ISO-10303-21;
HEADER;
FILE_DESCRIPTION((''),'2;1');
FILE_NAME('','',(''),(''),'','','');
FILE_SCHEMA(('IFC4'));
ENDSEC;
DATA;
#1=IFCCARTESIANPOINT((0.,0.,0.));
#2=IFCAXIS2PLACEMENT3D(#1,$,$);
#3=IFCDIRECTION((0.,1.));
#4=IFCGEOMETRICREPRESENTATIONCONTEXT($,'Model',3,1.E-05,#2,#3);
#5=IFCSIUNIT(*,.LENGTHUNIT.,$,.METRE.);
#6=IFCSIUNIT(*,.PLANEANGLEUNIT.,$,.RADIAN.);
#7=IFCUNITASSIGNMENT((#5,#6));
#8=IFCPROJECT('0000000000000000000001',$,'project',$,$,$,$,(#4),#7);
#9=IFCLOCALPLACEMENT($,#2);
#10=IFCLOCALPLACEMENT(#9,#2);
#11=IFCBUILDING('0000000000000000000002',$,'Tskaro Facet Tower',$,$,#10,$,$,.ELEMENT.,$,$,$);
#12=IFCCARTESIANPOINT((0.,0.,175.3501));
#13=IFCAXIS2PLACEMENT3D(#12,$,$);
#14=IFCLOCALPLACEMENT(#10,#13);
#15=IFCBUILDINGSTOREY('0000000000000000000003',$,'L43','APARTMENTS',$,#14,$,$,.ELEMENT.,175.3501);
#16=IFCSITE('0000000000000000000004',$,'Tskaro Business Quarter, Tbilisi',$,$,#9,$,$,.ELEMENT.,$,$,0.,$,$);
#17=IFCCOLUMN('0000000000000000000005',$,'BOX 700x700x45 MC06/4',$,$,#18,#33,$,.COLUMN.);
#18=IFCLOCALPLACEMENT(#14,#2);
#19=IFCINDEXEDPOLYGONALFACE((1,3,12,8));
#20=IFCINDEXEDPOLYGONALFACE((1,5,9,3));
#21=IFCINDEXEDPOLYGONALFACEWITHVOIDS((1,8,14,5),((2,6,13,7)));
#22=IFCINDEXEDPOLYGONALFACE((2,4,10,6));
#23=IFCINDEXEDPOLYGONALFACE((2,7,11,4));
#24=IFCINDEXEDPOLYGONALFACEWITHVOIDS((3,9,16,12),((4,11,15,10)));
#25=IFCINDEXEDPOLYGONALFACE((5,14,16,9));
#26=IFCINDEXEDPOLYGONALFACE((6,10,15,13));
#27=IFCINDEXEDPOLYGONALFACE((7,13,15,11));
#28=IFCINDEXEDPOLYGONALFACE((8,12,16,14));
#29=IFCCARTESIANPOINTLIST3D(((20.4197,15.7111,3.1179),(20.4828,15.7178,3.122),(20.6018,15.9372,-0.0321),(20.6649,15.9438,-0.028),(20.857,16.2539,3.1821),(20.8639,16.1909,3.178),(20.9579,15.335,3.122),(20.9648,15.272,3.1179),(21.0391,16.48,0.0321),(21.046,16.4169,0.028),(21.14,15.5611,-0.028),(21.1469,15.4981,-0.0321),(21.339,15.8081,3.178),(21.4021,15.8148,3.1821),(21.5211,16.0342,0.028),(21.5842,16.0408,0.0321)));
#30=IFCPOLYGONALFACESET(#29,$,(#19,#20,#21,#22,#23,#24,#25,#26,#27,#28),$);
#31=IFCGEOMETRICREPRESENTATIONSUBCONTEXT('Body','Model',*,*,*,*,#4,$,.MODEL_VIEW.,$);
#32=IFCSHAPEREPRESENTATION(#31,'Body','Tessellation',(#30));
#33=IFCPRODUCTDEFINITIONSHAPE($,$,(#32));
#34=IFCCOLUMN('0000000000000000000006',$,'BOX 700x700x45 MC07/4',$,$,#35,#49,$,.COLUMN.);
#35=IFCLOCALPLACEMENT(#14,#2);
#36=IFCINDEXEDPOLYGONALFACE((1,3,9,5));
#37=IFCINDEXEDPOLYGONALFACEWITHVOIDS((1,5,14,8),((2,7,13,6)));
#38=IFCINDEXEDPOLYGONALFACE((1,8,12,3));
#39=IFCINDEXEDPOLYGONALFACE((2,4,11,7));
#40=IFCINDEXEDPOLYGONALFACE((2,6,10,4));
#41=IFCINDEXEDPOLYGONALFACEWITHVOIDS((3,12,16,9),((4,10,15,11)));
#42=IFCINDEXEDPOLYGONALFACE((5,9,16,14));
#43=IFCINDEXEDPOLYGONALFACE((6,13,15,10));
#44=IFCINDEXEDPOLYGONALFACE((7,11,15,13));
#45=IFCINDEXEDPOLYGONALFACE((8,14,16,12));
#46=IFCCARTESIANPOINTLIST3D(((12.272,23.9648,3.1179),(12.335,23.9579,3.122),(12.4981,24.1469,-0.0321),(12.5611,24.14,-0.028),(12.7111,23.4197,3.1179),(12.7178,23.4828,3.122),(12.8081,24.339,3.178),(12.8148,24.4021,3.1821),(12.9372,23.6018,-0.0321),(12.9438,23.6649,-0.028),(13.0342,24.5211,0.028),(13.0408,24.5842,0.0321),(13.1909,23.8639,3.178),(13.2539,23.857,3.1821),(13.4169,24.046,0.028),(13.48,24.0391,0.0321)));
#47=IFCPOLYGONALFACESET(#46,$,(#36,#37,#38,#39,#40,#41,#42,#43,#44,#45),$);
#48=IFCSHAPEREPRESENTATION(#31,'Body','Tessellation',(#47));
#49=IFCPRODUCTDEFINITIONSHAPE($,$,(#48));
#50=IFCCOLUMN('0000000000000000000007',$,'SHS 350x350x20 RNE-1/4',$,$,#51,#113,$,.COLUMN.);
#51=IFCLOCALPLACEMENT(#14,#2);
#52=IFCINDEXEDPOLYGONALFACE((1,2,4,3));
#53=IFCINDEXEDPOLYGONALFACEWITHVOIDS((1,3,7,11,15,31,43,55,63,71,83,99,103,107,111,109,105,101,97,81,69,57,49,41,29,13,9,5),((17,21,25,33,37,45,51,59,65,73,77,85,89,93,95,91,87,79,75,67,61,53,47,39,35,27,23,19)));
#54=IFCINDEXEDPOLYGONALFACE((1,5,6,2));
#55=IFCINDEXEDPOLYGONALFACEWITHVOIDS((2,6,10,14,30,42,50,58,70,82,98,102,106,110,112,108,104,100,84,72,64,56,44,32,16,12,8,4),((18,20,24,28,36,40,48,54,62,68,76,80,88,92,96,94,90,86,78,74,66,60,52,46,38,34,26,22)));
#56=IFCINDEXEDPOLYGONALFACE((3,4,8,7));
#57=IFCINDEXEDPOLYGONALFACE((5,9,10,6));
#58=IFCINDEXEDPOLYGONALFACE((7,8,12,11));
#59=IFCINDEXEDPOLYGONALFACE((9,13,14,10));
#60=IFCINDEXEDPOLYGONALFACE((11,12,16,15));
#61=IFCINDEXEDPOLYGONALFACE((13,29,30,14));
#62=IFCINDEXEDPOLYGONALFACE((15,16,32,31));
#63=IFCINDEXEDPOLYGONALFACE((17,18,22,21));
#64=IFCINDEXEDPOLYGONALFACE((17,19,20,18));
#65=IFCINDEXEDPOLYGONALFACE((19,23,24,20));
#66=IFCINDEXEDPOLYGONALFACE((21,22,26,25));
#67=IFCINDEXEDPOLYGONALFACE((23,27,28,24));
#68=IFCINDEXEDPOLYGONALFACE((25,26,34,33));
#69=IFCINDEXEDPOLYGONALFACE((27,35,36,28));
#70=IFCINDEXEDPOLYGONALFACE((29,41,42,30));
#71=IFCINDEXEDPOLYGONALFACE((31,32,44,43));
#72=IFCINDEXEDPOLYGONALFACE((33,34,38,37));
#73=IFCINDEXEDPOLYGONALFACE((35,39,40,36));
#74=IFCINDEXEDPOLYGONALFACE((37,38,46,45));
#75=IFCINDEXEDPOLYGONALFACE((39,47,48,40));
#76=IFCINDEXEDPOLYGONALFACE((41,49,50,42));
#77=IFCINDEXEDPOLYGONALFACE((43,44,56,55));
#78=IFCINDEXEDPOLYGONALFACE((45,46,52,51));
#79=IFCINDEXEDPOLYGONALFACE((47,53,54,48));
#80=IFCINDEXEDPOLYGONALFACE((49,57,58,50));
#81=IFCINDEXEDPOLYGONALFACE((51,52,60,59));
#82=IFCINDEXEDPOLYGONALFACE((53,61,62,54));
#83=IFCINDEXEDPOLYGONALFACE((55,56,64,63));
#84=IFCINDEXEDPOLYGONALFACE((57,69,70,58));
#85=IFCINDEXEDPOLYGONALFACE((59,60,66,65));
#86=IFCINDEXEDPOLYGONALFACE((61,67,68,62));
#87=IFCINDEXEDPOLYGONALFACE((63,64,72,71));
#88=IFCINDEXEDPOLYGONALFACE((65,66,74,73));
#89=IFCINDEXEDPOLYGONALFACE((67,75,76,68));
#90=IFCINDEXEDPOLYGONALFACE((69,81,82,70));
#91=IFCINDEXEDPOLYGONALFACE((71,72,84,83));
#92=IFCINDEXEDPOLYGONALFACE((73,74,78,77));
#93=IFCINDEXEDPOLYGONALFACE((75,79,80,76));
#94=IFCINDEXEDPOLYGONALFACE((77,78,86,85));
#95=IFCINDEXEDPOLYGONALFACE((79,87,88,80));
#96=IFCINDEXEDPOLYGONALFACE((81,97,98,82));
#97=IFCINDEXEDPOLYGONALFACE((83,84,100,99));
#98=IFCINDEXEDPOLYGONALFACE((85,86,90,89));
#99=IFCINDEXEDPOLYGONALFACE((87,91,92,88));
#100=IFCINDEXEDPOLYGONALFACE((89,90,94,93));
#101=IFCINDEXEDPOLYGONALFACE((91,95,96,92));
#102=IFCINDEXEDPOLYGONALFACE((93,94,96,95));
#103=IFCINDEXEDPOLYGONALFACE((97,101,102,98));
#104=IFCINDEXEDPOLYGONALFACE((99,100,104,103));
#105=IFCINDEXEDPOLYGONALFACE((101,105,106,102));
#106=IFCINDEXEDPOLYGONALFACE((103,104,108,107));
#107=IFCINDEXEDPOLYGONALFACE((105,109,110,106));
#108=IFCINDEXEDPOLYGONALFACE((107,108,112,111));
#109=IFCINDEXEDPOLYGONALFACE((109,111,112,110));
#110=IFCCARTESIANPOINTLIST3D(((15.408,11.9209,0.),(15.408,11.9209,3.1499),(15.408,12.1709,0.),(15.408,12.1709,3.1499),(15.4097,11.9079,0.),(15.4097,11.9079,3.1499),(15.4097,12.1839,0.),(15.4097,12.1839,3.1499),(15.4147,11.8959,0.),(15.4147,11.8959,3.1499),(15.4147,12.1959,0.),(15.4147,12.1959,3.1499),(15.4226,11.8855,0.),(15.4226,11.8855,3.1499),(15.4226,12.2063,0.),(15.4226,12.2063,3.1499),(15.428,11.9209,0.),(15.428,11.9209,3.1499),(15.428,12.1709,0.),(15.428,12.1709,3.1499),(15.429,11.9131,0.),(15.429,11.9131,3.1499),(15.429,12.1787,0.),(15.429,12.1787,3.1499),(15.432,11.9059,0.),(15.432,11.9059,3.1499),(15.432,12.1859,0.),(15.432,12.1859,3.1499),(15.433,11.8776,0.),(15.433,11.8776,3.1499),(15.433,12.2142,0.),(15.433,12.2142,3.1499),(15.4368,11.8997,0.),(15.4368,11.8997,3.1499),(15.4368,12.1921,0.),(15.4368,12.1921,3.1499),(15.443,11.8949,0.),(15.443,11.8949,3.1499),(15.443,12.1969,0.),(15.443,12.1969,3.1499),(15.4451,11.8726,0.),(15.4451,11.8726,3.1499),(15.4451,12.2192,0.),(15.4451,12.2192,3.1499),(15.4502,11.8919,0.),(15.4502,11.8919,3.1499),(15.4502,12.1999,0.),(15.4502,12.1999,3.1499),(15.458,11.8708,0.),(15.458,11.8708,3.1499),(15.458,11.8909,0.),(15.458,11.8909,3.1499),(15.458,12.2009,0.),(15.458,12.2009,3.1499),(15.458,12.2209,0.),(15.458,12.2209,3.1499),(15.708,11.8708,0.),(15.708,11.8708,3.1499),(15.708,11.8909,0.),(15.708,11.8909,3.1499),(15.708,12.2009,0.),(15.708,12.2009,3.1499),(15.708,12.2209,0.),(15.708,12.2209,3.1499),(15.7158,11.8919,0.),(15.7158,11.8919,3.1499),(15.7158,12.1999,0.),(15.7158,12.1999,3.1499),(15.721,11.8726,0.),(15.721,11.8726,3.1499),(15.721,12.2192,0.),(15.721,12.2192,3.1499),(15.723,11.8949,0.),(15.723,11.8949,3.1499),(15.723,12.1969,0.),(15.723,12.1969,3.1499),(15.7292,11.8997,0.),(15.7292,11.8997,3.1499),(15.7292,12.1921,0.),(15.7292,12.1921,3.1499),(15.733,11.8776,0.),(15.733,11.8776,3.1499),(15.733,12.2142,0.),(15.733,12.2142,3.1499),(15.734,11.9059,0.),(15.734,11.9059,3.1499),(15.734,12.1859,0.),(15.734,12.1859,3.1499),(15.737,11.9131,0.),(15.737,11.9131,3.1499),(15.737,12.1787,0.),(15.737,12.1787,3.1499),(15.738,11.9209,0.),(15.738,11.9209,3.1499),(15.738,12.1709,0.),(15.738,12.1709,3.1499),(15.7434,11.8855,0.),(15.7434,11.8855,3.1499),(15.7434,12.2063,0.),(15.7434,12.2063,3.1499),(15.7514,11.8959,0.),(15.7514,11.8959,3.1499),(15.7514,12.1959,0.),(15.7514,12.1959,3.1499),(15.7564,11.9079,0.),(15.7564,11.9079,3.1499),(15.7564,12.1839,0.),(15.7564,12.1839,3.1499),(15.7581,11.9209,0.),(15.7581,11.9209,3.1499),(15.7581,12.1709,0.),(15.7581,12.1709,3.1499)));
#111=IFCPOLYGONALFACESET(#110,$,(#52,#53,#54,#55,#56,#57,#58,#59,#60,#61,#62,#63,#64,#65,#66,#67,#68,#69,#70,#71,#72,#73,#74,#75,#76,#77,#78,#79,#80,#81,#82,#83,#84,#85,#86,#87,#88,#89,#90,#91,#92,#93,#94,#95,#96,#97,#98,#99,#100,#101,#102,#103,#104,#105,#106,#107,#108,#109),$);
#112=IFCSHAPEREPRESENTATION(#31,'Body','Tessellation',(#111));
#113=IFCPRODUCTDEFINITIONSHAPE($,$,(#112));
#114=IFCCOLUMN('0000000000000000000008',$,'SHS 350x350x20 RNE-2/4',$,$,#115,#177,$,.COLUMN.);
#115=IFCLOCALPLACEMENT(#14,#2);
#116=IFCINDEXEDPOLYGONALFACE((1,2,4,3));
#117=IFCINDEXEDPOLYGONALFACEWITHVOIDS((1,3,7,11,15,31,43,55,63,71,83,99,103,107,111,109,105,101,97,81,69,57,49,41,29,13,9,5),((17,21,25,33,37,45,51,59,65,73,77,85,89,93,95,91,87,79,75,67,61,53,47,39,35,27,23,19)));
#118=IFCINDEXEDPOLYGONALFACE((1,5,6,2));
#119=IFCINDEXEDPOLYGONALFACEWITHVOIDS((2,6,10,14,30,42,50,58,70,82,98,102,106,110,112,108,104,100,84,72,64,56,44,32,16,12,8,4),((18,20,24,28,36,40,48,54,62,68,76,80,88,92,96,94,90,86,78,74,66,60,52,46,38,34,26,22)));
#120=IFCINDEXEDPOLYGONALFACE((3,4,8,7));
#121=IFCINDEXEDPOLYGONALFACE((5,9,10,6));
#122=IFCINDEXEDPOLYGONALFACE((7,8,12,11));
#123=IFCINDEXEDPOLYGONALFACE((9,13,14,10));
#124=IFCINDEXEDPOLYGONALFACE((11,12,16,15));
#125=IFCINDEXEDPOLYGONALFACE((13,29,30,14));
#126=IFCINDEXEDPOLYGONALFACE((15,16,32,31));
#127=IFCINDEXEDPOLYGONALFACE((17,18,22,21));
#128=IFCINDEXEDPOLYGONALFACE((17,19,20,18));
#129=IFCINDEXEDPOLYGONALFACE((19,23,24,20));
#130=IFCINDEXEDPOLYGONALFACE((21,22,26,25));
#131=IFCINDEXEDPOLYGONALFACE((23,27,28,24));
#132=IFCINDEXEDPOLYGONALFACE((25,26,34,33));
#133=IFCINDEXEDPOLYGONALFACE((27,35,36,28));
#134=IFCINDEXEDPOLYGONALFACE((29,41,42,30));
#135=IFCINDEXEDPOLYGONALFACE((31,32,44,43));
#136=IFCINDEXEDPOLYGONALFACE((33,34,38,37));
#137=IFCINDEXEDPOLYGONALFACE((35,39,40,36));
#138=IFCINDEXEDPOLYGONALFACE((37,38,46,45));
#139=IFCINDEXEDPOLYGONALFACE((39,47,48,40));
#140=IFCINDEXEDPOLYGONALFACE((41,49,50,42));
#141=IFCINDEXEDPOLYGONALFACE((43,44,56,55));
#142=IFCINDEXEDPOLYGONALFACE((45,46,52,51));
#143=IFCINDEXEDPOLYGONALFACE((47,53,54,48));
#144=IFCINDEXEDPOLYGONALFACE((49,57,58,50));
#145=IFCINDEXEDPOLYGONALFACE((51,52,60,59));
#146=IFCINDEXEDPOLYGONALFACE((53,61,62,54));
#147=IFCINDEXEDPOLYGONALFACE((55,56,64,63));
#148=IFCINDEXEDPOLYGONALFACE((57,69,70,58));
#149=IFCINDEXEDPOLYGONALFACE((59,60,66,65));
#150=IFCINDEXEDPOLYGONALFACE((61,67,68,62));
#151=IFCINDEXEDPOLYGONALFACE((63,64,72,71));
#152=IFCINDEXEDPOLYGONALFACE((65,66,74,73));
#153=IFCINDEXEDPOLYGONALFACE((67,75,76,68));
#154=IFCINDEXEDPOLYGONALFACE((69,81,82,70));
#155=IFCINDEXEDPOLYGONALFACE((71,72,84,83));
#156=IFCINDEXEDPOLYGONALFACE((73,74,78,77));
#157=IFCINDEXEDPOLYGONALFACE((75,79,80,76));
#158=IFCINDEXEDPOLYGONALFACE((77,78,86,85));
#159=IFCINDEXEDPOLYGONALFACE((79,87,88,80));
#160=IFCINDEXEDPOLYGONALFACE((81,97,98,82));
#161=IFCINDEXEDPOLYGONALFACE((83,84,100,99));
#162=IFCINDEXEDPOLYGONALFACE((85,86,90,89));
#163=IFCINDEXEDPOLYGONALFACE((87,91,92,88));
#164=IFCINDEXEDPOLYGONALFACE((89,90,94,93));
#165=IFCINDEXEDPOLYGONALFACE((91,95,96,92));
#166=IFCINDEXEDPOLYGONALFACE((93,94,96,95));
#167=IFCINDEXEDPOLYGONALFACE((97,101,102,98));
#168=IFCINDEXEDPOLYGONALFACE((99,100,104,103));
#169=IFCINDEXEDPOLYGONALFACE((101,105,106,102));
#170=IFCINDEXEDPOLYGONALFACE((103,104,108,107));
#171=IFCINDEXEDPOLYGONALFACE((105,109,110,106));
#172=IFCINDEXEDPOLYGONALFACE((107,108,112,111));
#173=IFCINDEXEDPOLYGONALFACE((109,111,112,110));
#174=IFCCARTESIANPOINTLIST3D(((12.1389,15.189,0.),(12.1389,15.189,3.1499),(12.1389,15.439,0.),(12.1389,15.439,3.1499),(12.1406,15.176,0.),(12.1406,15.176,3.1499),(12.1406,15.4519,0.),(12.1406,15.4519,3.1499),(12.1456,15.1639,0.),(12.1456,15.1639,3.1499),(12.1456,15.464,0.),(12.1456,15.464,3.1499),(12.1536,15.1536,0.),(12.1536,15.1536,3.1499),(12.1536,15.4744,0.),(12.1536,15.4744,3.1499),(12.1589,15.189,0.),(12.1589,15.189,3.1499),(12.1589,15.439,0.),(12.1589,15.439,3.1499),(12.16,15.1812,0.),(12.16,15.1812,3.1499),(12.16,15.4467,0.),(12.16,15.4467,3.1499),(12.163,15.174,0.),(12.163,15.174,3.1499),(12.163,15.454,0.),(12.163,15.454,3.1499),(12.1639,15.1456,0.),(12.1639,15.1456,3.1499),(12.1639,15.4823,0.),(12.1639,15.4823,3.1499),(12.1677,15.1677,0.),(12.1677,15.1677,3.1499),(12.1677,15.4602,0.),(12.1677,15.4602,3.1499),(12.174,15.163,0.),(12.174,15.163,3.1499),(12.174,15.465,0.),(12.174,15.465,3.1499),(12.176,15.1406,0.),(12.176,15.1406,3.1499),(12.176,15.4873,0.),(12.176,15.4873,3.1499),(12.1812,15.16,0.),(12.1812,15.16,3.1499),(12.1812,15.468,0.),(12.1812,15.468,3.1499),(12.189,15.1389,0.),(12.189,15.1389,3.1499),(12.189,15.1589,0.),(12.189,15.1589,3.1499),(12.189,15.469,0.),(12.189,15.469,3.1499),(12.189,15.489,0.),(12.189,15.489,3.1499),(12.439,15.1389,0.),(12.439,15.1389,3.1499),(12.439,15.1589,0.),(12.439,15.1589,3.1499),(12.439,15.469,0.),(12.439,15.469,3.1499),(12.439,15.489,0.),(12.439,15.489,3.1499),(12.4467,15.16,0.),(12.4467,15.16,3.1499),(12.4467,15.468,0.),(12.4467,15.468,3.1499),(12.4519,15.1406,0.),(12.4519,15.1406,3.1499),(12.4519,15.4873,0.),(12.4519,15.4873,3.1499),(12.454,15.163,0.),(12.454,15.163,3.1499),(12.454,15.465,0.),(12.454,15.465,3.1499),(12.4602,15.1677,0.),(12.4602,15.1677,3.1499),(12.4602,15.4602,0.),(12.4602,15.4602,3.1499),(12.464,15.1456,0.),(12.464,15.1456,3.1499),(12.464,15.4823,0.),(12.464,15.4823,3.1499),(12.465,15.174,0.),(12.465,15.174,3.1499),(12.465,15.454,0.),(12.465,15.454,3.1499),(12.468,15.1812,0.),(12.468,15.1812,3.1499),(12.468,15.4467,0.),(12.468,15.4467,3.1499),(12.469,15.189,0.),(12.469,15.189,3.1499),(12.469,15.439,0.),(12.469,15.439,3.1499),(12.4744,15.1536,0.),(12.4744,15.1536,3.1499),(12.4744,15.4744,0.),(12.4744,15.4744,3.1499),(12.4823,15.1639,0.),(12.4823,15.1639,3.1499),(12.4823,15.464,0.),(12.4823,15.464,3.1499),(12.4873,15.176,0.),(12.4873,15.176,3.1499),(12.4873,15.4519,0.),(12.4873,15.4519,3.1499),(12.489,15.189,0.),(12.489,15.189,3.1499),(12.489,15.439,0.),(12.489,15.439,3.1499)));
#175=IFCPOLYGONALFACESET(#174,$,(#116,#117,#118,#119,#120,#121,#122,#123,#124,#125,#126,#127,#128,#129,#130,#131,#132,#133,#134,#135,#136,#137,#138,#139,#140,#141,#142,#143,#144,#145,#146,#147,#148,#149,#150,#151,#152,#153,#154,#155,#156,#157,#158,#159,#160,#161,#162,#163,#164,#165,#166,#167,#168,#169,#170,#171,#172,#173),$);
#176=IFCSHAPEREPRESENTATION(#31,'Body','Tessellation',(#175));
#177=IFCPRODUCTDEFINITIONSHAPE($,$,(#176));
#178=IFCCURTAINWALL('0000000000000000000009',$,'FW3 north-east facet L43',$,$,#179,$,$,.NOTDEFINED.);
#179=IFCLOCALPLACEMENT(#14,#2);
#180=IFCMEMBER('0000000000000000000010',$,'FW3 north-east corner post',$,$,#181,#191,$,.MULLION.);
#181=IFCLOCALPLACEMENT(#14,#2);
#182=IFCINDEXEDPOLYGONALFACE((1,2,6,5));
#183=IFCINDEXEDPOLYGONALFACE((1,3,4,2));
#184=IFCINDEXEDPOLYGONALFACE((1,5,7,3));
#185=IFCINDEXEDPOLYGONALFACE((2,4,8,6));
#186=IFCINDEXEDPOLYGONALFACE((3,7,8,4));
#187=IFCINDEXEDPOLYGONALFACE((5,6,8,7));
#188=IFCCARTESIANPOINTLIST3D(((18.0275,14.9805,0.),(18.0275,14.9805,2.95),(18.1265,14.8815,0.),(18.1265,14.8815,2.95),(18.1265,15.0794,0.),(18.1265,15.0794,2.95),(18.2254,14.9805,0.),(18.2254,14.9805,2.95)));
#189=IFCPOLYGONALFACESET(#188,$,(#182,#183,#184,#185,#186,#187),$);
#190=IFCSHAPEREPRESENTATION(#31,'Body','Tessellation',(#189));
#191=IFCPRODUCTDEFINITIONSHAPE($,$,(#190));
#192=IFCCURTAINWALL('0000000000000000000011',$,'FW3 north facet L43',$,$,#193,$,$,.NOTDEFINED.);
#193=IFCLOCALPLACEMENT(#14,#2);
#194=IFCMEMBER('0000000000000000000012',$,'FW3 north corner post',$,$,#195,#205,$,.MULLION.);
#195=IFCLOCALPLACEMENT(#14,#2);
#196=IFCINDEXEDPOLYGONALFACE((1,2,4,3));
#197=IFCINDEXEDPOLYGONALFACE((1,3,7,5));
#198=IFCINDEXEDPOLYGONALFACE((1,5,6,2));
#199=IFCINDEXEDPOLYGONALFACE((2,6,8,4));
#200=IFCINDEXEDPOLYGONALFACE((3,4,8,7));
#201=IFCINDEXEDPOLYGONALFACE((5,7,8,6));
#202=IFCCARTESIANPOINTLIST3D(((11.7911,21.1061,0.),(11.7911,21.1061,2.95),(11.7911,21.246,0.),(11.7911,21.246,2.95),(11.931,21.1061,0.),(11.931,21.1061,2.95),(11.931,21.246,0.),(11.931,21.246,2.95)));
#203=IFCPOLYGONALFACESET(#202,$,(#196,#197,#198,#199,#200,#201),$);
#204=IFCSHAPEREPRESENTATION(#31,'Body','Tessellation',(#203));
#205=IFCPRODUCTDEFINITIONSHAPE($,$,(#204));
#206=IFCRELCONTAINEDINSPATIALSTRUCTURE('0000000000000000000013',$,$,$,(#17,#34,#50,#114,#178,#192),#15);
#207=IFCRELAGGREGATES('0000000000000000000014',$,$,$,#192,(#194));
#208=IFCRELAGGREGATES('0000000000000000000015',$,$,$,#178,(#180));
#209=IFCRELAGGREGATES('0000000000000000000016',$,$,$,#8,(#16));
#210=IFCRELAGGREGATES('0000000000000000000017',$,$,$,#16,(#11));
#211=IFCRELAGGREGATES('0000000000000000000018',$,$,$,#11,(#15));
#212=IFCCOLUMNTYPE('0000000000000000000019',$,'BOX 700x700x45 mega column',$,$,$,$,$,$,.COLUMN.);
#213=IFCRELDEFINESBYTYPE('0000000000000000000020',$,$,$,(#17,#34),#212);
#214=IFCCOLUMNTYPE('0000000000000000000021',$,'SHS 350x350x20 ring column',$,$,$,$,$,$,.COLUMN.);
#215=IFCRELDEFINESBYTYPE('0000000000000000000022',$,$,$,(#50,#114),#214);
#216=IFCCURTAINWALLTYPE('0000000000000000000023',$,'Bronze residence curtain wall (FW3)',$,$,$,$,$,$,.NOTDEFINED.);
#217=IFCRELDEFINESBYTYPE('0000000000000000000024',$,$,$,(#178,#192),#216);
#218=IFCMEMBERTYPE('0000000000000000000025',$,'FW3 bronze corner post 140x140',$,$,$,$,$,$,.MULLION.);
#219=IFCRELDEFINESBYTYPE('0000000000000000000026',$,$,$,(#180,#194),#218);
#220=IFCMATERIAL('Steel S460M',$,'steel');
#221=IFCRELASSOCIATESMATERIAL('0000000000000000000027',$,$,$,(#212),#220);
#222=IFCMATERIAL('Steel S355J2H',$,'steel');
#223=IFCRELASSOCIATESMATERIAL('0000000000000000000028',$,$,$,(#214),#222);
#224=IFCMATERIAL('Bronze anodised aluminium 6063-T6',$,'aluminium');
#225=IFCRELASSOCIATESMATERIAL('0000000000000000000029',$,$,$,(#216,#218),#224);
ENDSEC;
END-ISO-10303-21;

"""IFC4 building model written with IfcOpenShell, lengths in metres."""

from ifc_helpers import new_model, si_unit, direction, frame, origin, origin_2d, place, context, subcontext, project, spatial, rectangle, hollow_rectangle, extrude, material, material_profile, profile_set, type_object, element, aggregate, save


model = new_model("IFC4")

# Units and contexts
model_context = context("Model", 3, precision=1e-05, world=origin(), true_north=direction((0.0, 1.0)))
body_context = subcontext(model_context, "Body", "Model", "MODEL_VIEW")
ifc_project = project(units=[si_unit("LENGTHUNIT", "METRE"), si_unit("PLANEANGLEUNIT", "RADIAN")], contexts=[model_context])

# Site, building, storey
site_placement = place(None, origin())
site = spatial("IfcSite", under=ifc_project, at=site_placement, Name="Tskaro Business Quarter, Tbilisi", CompositionType="ELEMENT", RefElevation=0.0)
building_placement = place(site_placement, origin())
building = spatial("IfcBuilding", under=site, at=building_placement, Name="Tskaro Facet Tower", CompositionType="ELEMENT")
storey_placement = place(building_placement, frame((0.0, 0.0, 175.3501)))
storey = spatial("IfcBuildingStorey", under=building, at=storey_placement, Name="L43", Description="APARTMENTS", CompositionType="ELEMENT", Elevation=175.3501)

# Columns
ifc_material_1 = material(Name="Steel S460M", Category="steel")
ifc_material_profile_1 = material_profile(ifc_material_1, hollow_rectangle(XDim=0.7, YDim=0.7, WallThickness=0.0449, at=origin_2d()), Name="BOX 700x700x45")
ifc_profile_set_1 = profile_set([ifc_material_profile_1], Name="Steel S460M")
column_type_1 = type_object("IfcColumnType", Name="BOX 700x700x45 mega column", PredefinedType="COLUMN", material=ifc_profile_set_1)
for number, where, z_axis, x_axis, name in (
    (1, (21.093, 15.989, 0.0), (-0.057576, -0.071469, 0.99578), (0.778731, -0.627358, 0.0), "BOX 700x700x45 MC06/4"),
    (2, (12.989, 24.093, 0.0), (-0.071469, -0.057576, 0.99578), (0.627358, -0.778731, 0.0), "BOX 700x700x45 MC07/4"),
):
    element("IfcColumn", number, at=place(storey_placement, frame(where, z_axis=z_axis, x_axis=x_axis)), inside=storey, type_object=column_type_1, Name=name, PredefinedType="COLUMN", context=body_context, shape_type="SweptSolid", body=[
        extrude(hollow_rectangle(XDim=0.7, YDim=0.7, WallThickness=0.0449, at=origin_2d()), origin(), (0.0, 0.0, 1.0), 3.1633),
    ])
ifc_material_2 = material(Name="Steel S355J2H", Category="steel")
ifc_material_profile_2 = material_profile(ifc_material_2, hollow_rectangle(XDim=0.3501, YDim=0.3501, WallThickness=0.02, InnerFilletRadius=0.03, OuterFilletRadius=0.05, at=origin_2d()), Name="SHS 350x350x20")
ifc_profile_set_2 = profile_set([ifc_material_profile_2], Name="Steel S355J2H")
column_type_2 = type_object("IfcColumnType", Name="SHS 350x350x20 ring column", PredefinedType="COLUMN", material=ifc_profile_set_2)
for number, where, z_axis, x_axis, name in (
    (3, (15.583, 12.0459, 0.0), (0.0, 0.0, 1.0), (1.0, 0.0, 0.0), "SHS 350x350x20 RNE-1/4"),
    (4, (12.314, 15.314, 0.0), (0.0, 0.0, 1.0), (1.0, 0.0, 0.0), "SHS 350x350x20 RNE-2/4"),
):
    element("IfcColumn", number, at=place(storey_placement, frame(where, z_axis=z_axis, x_axis=x_axis)), inside=storey, type_object=column_type_2, Name=name, PredefinedType="COLUMN", context=body_context, shape_type="SweptSolid", body=[
        extrude(hollow_rectangle(XDim=0.3501, YDim=0.3501, WallThickness=0.02, InnerFilletRadius=0.03, OuterFilletRadius=0.05, at=origin_2d()), origin(), (0.0, 0.0, 1.0), 3.1499),
    ])

# Curtain walls, members
ifc_material_3 = material(Name="Bronze anodised aluminium 6063-T6", Category="aluminium")
curtain_wall_type = type_object("IfcCurtainWallType", Name="Bronze residence curtain wall (FW3)", PredefinedType="NOTDEFINED", material=ifc_material_3)
curtain_wall_1_placement = place(storey_placement, origin())
curtain_wall_1 = element("IfcCurtainWall", 5, at=curtain_wall_1_placement, inside=storey, type_object=curtain_wall_type, Name="FW3 north-east facet L43", PredefinedType="NOTDEFINED")
ifc_material_profile_3 = material_profile(ifc_material_3, rectangle(XDim=0.1399, YDim=0.1399, at=origin_2d()), Name="Corner post 140x140")
ifc_profile_set_3 = profile_set([ifc_material_profile_3], Name="Bronze anodised aluminium 6063-T6")
member_type_1 = type_object("IfcMemberType", Name="FW3 bronze corner post 140x140", PredefinedType="MULLION", material=ifc_profile_set_3)
member_1_placement = place(storey_placement, frame((18.1265, 14.9805, 0.0), z_axis=(0.0, 0.0, 1.0), x_axis=(-0.707107, 0.707107, 0.0)))
member_1 = element("IfcMember", 6, at=member_1_placement, type_object=member_type_1, Name="FW3 north-east corner post", PredefinedType="MULLION", context=body_context, shape_type="SweptSolid", body=[
    extrude(rectangle(XDim=0.1399, YDim=0.1399, at=origin_2d()), origin(), (0.0, 0.0, 1.0), 2.95),
])
curtain_wall_2_placement = place(storey_placement, origin())
curtain_wall_2 = element("IfcCurtainWall", 7, at=curtain_wall_2_placement, inside=storey, type_object=curtain_wall_type, Name="FW3 north facet L43", PredefinedType="NOTDEFINED")
member_2_placement = place(storey_placement, frame((11.8611, 21.176, 0.0), z_axis=(0.0, 0.0, 1.0), x_axis=(-1.0, 0.0, 0.0)))
member_2 = element("IfcMember", 8, at=member_2_placement, type_object=member_type_1, Name="FW3 north corner post", PredefinedType="MULLION", context=body_context, shape_type="SweptSolid", body=[
    extrude(rectangle(XDim=0.1399, YDim=0.1399, at=origin_2d()), origin(), (0.0, 0.0, 1.0), 2.95),
])

aggregate(curtain_wall_2, [member_2])

aggregate(curtain_wall_1, [member_1])

save(model, "model.ifc")
